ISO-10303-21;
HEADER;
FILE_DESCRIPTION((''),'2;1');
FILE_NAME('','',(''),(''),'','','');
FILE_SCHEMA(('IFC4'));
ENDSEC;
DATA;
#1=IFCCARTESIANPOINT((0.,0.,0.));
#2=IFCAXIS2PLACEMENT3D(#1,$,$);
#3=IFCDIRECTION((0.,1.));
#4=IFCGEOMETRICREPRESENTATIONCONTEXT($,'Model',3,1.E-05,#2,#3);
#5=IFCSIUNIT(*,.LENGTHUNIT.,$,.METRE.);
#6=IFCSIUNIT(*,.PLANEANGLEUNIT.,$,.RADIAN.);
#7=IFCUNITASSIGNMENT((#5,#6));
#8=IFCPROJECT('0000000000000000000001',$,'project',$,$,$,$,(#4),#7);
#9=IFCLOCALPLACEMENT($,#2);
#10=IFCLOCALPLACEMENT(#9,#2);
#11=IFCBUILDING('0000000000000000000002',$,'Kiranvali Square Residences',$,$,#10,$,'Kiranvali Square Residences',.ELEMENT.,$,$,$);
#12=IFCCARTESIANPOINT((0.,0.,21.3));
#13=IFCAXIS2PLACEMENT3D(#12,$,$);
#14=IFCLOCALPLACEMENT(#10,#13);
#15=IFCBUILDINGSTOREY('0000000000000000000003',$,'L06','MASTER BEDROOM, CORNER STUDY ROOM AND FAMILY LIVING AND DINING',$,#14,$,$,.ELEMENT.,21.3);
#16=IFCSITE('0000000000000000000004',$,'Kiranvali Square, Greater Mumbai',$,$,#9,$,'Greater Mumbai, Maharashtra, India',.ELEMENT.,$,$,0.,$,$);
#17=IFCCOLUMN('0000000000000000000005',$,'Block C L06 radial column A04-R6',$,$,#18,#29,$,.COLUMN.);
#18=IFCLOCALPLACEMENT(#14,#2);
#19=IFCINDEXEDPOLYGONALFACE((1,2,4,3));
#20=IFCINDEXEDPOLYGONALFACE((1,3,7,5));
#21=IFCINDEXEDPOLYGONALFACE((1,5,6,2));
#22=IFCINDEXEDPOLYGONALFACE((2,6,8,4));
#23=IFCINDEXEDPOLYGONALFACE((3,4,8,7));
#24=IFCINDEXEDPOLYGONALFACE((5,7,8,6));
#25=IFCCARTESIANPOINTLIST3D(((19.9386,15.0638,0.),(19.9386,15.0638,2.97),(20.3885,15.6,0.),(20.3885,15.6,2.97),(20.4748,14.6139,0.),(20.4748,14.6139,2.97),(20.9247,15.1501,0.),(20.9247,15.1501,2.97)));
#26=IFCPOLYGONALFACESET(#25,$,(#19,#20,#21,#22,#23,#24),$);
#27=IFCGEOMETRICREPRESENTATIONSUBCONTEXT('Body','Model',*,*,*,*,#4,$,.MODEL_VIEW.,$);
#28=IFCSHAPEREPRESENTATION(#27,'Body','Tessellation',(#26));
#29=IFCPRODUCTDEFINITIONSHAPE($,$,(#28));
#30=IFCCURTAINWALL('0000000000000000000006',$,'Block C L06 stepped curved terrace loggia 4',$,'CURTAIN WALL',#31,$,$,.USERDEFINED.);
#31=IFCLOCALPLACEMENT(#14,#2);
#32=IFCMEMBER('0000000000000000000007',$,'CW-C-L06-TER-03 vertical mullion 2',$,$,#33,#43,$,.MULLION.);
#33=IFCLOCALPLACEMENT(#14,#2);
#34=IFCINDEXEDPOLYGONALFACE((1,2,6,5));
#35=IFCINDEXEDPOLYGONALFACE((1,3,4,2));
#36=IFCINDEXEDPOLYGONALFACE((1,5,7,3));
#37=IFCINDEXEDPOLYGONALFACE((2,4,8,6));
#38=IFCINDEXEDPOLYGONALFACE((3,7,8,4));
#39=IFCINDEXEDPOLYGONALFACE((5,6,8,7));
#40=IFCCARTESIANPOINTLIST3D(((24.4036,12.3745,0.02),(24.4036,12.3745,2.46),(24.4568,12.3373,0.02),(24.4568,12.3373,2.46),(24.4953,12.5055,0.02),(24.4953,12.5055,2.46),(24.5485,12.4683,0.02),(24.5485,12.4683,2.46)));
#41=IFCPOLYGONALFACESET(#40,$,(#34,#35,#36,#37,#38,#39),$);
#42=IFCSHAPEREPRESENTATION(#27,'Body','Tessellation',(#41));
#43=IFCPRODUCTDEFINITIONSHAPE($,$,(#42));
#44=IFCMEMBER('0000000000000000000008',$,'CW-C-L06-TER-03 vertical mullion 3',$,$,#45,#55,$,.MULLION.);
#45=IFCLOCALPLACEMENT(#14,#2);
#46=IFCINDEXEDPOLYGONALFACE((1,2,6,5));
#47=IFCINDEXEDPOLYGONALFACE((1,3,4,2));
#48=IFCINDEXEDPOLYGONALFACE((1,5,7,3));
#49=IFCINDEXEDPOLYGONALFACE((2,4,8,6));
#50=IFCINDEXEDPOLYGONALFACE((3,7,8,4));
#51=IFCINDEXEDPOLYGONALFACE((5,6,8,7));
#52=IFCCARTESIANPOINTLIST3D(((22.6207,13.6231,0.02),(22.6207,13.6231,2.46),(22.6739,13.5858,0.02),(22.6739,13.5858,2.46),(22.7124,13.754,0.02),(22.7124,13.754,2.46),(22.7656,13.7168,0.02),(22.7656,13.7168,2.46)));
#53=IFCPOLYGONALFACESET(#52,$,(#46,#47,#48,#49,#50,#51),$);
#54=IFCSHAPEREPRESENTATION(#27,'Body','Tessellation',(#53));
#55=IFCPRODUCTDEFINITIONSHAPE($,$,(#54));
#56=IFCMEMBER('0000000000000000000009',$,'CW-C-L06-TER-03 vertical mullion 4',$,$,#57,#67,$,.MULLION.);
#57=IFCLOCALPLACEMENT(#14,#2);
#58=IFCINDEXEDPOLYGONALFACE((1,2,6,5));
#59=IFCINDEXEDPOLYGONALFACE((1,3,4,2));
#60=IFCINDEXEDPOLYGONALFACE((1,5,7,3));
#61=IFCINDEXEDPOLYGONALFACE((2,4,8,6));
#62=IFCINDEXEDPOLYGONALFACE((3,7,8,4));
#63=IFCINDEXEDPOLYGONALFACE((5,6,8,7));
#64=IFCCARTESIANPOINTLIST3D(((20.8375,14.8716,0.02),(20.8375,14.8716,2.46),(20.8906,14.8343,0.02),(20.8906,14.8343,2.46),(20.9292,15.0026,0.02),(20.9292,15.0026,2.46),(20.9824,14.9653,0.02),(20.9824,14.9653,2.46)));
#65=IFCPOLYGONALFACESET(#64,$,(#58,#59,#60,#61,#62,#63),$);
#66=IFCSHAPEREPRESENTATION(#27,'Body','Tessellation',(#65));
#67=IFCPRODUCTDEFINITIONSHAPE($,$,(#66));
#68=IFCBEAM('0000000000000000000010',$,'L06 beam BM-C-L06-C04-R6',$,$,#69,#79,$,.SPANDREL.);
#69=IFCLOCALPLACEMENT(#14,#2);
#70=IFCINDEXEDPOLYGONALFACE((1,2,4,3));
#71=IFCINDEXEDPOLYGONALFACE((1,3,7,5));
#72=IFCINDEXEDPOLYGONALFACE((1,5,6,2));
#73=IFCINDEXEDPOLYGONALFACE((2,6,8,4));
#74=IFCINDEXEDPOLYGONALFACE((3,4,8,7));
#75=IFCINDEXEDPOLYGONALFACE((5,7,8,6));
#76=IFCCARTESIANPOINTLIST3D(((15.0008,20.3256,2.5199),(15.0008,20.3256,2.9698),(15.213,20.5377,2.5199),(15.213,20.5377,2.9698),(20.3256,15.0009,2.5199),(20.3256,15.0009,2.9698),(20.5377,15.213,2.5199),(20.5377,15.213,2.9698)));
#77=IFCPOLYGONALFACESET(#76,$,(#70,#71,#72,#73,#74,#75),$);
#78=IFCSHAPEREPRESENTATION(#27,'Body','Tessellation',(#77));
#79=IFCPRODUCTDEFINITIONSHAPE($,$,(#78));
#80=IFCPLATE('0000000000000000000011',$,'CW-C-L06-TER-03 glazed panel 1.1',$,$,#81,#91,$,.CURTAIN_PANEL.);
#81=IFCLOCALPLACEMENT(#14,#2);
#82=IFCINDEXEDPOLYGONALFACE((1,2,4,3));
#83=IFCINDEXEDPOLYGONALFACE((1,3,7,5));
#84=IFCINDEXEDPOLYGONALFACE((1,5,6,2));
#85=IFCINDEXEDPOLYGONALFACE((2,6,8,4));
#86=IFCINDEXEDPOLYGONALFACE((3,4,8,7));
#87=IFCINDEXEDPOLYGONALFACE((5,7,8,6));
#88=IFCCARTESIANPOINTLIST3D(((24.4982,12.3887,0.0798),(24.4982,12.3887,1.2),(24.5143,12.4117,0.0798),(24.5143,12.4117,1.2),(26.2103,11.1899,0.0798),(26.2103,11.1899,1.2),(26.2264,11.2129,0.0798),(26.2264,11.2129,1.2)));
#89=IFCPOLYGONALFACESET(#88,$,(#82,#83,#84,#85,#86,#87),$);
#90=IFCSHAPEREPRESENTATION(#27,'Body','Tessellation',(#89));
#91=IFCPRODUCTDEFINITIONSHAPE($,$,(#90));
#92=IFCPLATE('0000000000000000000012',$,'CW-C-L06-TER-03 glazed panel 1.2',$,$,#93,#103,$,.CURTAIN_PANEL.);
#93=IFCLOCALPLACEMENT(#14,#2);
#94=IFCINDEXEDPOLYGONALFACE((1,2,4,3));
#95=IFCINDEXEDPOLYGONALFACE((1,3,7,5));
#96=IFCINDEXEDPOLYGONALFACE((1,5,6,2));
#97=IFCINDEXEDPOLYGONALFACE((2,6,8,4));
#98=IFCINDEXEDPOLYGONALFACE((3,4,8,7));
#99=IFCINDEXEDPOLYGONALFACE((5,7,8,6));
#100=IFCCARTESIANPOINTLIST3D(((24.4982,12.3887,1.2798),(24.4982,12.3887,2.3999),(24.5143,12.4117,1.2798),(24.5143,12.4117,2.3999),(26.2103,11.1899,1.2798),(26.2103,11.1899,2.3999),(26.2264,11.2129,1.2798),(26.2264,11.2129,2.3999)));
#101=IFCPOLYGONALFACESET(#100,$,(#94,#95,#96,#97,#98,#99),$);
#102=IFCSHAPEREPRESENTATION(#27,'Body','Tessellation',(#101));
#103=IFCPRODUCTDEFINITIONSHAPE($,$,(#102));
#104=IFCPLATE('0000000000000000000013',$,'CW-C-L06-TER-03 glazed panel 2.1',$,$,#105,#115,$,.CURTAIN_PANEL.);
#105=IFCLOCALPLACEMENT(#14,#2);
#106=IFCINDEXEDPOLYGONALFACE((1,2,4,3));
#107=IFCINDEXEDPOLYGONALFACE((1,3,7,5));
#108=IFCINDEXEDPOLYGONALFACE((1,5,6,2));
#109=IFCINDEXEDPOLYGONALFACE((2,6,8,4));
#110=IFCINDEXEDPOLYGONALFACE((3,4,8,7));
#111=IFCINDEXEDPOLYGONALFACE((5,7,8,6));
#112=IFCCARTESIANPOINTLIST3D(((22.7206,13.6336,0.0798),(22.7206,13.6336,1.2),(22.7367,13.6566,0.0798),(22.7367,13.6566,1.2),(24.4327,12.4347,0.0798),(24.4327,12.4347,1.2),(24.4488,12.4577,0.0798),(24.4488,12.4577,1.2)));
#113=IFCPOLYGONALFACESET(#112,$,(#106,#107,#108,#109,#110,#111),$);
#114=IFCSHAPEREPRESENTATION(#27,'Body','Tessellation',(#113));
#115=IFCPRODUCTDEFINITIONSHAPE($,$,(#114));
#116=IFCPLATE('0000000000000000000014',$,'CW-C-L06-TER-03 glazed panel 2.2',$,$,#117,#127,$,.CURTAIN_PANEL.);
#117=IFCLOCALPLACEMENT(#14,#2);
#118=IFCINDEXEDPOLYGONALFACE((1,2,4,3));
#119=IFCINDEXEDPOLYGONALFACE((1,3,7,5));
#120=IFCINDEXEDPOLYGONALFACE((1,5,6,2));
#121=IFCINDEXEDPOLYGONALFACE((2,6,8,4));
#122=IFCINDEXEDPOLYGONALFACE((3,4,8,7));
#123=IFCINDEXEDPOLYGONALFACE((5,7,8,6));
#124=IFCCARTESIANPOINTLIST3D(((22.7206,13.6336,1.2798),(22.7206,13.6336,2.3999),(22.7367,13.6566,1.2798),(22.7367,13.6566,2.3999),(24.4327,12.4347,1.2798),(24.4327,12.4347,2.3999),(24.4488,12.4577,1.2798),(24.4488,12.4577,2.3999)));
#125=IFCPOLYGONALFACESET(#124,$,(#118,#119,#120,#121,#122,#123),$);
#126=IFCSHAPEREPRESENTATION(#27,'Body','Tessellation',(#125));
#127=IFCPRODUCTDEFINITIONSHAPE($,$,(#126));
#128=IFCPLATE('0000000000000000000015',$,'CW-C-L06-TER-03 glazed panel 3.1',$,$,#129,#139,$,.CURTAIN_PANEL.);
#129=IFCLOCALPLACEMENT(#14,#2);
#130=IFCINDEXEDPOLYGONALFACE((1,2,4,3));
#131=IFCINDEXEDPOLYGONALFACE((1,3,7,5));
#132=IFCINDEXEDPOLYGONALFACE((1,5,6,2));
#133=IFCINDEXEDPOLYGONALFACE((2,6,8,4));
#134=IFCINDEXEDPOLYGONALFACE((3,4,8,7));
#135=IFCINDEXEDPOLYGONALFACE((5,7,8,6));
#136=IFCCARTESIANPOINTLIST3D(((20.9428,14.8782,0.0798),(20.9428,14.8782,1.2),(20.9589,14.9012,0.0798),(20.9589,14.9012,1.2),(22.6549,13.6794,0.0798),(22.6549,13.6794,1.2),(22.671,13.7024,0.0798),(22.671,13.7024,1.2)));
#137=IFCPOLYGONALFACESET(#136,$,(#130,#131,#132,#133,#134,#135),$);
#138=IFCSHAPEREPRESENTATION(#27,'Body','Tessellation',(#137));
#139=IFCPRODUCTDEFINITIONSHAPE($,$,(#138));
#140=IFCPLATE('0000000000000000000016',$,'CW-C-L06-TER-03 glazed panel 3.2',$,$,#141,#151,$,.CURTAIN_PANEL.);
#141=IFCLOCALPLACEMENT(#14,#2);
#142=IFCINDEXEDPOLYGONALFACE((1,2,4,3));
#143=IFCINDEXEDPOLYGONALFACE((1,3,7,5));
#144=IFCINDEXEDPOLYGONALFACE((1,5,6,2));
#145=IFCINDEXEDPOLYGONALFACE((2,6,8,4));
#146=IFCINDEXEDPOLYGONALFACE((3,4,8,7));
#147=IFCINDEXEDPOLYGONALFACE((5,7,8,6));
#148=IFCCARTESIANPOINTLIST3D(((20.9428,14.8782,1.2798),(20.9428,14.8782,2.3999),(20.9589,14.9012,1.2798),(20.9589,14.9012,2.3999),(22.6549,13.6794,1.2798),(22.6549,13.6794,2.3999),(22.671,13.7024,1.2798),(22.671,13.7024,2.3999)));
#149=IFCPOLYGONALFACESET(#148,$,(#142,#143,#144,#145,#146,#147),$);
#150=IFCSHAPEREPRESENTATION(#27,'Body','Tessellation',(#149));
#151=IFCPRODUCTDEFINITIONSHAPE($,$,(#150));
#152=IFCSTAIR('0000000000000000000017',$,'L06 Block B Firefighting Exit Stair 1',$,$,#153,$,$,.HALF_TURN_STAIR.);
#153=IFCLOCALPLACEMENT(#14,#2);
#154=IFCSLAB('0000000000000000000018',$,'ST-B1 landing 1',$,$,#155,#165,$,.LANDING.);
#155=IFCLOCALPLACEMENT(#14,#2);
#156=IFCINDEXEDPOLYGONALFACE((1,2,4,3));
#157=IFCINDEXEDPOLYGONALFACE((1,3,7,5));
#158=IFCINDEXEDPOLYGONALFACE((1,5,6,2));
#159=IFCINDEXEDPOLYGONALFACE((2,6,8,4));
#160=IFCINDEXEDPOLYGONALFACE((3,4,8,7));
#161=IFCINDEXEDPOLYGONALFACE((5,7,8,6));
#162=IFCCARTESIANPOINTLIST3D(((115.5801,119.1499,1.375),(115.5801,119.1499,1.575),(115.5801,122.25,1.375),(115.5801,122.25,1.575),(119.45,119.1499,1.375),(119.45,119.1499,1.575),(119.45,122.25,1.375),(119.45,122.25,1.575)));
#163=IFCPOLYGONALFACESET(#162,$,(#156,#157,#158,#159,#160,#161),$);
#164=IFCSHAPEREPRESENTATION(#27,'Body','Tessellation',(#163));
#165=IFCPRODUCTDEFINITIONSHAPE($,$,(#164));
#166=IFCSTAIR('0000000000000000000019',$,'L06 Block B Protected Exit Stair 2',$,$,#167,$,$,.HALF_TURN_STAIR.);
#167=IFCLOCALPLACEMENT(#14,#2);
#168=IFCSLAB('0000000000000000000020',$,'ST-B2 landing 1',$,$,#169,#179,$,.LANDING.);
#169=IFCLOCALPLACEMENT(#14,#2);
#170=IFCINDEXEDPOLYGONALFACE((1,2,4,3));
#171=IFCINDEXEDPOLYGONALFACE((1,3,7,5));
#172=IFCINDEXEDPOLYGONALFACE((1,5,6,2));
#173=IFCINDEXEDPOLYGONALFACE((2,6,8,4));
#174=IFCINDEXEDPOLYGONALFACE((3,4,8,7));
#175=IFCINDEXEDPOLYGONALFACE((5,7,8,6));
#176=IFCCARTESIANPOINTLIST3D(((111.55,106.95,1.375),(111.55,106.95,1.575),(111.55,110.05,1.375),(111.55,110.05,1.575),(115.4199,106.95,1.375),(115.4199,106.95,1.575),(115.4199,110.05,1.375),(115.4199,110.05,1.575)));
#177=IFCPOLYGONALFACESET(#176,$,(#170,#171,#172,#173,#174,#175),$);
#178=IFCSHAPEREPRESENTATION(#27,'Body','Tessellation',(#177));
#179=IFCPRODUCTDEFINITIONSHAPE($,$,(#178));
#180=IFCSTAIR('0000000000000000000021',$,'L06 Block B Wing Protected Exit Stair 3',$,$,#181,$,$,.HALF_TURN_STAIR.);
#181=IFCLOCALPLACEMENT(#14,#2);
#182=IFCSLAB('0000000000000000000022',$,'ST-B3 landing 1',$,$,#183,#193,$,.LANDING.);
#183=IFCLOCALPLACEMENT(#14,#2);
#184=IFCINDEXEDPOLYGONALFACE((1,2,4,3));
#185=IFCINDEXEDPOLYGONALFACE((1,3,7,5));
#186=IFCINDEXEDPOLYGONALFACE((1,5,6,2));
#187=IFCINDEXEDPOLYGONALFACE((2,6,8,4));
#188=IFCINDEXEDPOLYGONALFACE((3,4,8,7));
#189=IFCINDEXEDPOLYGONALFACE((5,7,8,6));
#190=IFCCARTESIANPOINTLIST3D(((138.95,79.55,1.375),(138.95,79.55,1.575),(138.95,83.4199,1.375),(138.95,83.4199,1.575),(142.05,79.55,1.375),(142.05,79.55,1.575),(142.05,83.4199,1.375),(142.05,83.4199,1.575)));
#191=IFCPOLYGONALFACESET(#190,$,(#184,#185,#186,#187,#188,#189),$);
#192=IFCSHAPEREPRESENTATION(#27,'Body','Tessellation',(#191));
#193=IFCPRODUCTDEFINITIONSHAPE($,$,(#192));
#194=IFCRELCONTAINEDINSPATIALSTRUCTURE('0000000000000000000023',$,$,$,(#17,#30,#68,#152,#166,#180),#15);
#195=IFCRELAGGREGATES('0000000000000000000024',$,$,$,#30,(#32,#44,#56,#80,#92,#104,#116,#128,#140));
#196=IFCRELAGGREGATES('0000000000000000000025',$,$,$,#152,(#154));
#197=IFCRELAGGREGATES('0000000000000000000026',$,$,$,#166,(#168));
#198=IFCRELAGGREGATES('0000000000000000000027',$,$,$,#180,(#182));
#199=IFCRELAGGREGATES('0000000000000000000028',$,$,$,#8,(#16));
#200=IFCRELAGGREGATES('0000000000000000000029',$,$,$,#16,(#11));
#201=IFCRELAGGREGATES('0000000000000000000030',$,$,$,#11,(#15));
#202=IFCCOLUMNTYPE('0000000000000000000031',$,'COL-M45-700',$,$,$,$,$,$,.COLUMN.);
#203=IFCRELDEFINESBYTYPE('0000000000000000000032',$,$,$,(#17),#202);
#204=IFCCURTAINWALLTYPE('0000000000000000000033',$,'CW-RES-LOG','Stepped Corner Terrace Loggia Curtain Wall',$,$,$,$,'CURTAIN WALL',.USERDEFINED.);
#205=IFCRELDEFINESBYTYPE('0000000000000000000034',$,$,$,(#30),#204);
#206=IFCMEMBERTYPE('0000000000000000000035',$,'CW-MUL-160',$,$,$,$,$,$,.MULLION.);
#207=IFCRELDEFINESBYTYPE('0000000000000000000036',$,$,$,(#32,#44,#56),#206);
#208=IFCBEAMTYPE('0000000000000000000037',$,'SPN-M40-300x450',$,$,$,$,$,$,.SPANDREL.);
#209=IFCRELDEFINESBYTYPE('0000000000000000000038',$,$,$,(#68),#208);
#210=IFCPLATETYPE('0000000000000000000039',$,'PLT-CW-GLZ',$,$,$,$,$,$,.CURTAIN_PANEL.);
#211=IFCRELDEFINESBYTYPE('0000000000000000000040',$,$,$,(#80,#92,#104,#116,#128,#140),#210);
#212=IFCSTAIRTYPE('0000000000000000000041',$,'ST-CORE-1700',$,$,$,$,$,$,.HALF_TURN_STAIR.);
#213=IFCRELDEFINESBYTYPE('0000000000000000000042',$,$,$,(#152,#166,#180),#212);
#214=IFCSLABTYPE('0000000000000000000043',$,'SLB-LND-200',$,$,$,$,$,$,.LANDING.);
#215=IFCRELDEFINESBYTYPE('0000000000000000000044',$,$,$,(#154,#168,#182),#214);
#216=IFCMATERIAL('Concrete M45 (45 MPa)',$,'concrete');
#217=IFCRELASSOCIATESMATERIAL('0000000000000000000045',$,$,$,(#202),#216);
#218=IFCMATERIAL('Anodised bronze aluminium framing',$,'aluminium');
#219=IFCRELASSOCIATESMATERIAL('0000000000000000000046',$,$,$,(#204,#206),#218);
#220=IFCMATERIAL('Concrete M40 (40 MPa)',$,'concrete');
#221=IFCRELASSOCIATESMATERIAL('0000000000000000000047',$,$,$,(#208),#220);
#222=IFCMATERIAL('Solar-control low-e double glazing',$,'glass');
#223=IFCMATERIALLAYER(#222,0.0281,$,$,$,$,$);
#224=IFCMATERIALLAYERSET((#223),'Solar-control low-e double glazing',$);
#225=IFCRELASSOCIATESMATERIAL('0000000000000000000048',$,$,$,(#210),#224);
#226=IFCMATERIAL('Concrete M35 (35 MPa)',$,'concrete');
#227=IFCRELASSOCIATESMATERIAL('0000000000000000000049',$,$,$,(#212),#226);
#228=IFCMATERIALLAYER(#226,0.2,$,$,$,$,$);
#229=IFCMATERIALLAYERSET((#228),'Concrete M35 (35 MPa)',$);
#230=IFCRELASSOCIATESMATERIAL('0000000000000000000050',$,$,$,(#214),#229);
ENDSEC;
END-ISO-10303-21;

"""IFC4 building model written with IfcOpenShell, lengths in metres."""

from ifc_helpers import new_model, si_unit, direction, frame, origin, origin_2d, place, context, subcontext, project, spatial, polyline, rectangle, outline, extrude, material, layer, layer_set, material_profile, profile_set, type_object, element, aggregate, save


model = new_model("IFC4")

# Units and contexts
model_context = context("Model", 3, precision=1e-05, world=origin(), true_north=direction((0.0, 1.0)))
body_context = subcontext(model_context, "Body", "Model", "MODEL_VIEW")
ifc_project = project(units=[si_unit("LENGTHUNIT", "METRE"), si_unit("PLANEANGLEUNIT", "RADIAN")], contexts=[model_context])

# Site, building, storey
site_placement = place(None, origin())
site = spatial("IfcSite", under=ifc_project, at=site_placement, Name="Kiranvali Square, Greater Mumbai", LongName="Greater Mumbai, Maharashtra, India", CompositionType="ELEMENT", RefElevation=0.0)
building_placement = place(site_placement, origin())
building = spatial("IfcBuilding", under=site, at=building_placement, Name="Kiranvali Square Residences", LongName="Kiranvali Square Residences", CompositionType="ELEMENT")
storey_placement = place(building_placement, frame((0.0, 0.0, 21.3)))
storey = spatial("IfcBuildingStorey", under=building, at=storey_placement, Name="L06", Description="MASTER BEDROOM, CORNER STUDY ROOM AND FAMILY LIVING AND DINING", CompositionType="ELEMENT", Elevation=21.3)

# Column
ifc_material_1 = material(Name="Concrete M45 (45 MPa)", Category="concrete")
ifc_material_profile_1 = material_profile(ifc_material_1, rectangle(XDim=0.7, YDim=0.7, at=origin_2d()), Name="RC 700x700")
ifc_profile_set_1 = profile_set([ifc_material_profile_1], Name="Concrete M45 (45 MPa)")
column_type = type_object("IfcColumnType", Name="COL-M45-700", PredefinedType="COLUMN", material=ifc_profile_set_1)
column_placement = place(storey_placement, frame((20.4316, 15.1069, 0.0), z_axis=(0.0, 0.0, 1.0), x_axis=(-0.766044, 0.642788, 0.0)))
element("IfcColumn", 1, at=column_placement, inside=storey, type_object=column_type, Name="Block C L06 radial column A04-R6", PredefinedType="COLUMN", context=body_context, shape_type="SweptSolid", body=[
    extrude(rectangle(XDim=0.7, YDim=0.7, at=origin_2d()), origin(), (0.0, 0.0, 1.0), 2.97),
])

# Curtain wall, members
ifc_material_2 = material(Name="Anodised bronze aluminium framing", Category="aluminium")
curtain_wall_type = type_object("IfcCurtainWallType", Name="CW-RES-LOG", Description="Stepped Corner Terrace Loggia Curtain Wall", ElementType="CURTAIN WALL", PredefinedType="USERDEFINED", material=ifc_material_2)
curtain_wall_placement = place(storey_placement, origin())
curtain_wall = element("IfcCurtainWall", 2, at=curtain_wall_placement, inside=storey, type_object=curtain_wall_type, Name="Block C L06 stepped curved terrace loggia 4", ObjectType="CURTAIN WALL", PredefinedType="USERDEFINED")
ifc_material_profile_2 = material_profile(ifc_material_2, rectangle(XDim=0.0649, YDim=0.1599, at=origin_2d()), Name="ALU 65x160")
ifc_profile_set_2 = profile_set([ifc_material_profile_2], Name="Anodised bronze aluminium framing")
member_type = type_object("IfcMemberType", Name="CW-MUL-160", PredefinedType="MULLION", material=ifc_profile_set_2)
member_1_placement = place(storey_placement, frame((24.4761, 12.4214, 0.02), z_axis=(0.0, 0.0, 1.0), x_axis=(-0.819152, 0.573576, 0.0)))
member_1 = element("IfcMember", 3, at=member_1_placement, type_object=member_type, Name="CW-C-L06-TER-03 vertical mullion 2", PredefinedType="MULLION", context=body_context, shape_type="SweptSolid", body=[
    extrude(rectangle(XDim=0.0649, YDim=0.1599, at=origin_2d()), origin(), (0.0, 0.0, 1.0), 2.4399),
])
member_2_placement = place(storey_placement, frame((22.6931, 13.6699, 0.02), z_axis=(0.0, 0.0, 1.0), x_axis=(-0.819152, 0.573576, 0.0)))
member_2 = element("IfcMember", 4, at=member_2_placement, type_object=member_type, Name="CW-C-L06-TER-03 vertical mullion 3", PredefinedType="MULLION", context=body_context, shape_type="SweptSolid", body=[
    extrude(rectangle(XDim=0.0649, YDim=0.1599, at=origin_2d()), origin(), (0.0, 0.0, 1.0), 2.4399),
])
member_3_placement = place(storey_placement, frame((20.9099, 14.9185, 0.02), z_axis=(0.0, 0.0, 1.0), x_axis=(-0.819152, 0.573576, 0.0)))
member_3 = element("IfcMember", 5, at=member_3_placement, type_object=member_type, Name="CW-C-L06-TER-03 vertical mullion 4", PredefinedType="MULLION", context=body_context, shape_type="SweptSolid", body=[
    extrude(rectangle(XDim=0.0649, YDim=0.1599, at=origin_2d()), origin(), (0.0, 0.0, 1.0), 2.4399),
])

# Beam
ifc_material_3 = material(Name="Concrete M40 (40 MPa)", Category="concrete")
ifc_material_profile_3 = material_profile(ifc_material_3, rectangle(XDim=0.3, YDim=0.45, at=origin_2d()), Name="RC 300x450")
ifc_profile_set_3 = profile_set([ifc_material_profile_3], Name="Concrete M40 (40 MPa)")
beam_type = type_object("IfcBeamType", Name="SPN-M40-300x450", PredefinedType="SPANDREL", material=ifc_profile_set_3)
beam_placement = place(storey_placement, frame((20.4316, 15.1069, 2.7449), z_axis=(-0.707107, 0.707107, 0.0), x_axis=(-0.707107, -0.707107, 0.0)))
element("IfcBeam", 6, at=beam_placement, inside=storey, type_object=beam_type, Name="L06 beam BM-C-L06-C04-R6", PredefinedType="SPANDREL", context=body_context, shape_type="SweptSolid", body=[
    extrude(rectangle(XDim=0.3, YDim=0.45, at=origin_2d()), origin(), (0.0, 0.0, 1.0), 7.5303),
])

# Plates
ifc_material_4 = material(Name="Solar-control low-e double glazing", Category="glass")
ifc_layer_1 = layer(ifc_material_4, 0.0281)
ifc_layer_set_1 = layer_set([ifc_layer_1], Name="Solar-control low-e double glazing")
plate_type = type_object("IfcPlateType", Name="PLT-CW-GLZ", PredefinedType="CURTAIN_PANEL", material=ifc_layer_set_1)
plate_1_placement = place(storey_placement, frame((25.3623, 11.8008, 0.0798), z_axis=(0.0, 0.0, 1.0), x_axis=(-0.819152, 0.573576, 0.0)))
plate_1 = element("IfcPlate", 7, at=plate_1_placement, type_object=plate_type, Name="CW-C-L06-TER-03 glazed panel 1.1", PredefinedType="CURTAIN_PANEL", context=body_context, shape_type="SweptSolid", body=[
    extrude(rectangle(XDim=2.0901, YDim=0.0281, at=origin_2d()), origin(), (0.0, 0.0, 1.0), 1.1201),
])
plate_2_placement = place(storey_placement, frame((25.3623, 11.8008, 1.2798), z_axis=(0.0, 0.0, 1.0), x_axis=(-0.819152, 0.573576, 0.0)))
plate_2 = element("IfcPlate", 8, at=plate_2_placement, type_object=plate_type, Name="CW-C-L06-TER-03 glazed panel 1.2", PredefinedType="CURTAIN_PANEL", context=body_context, shape_type="SweptSolid", body=[
    extrude(rectangle(XDim=2.0901, YDim=0.0281, at=origin_2d()), origin(), (0.0, 0.0, 1.0), 1.1201),
])
plate_3_placement = place(storey_placement, frame((23.5847, 13.0457, 0.0798), z_axis=(0.0, 0.0, 1.0), x_axis=(-0.819152, 0.573576, 0.0)))
plate_3 = element("IfcPlate", 9, at=plate_3_placement, type_object=plate_type, Name="CW-C-L06-TER-03 glazed panel 2.1", PredefinedType="CURTAIN_PANEL", context=body_context, shape_type="SweptSolid", body=[
    extrude(rectangle(XDim=2.0901, YDim=0.0281, at=origin_2d()), origin(), (0.0, 0.0, 1.0), 1.1201),
])
plate_4_placement = place(storey_placement, frame((23.5847, 13.0457, 1.2798), z_axis=(0.0, 0.0, 1.0), x_axis=(-0.819152, 0.573576, 0.0)))
plate_4 = element("IfcPlate", 10, at=plate_4_placement, type_object=plate_type, Name="CW-C-L06-TER-03 glazed panel 2.2", PredefinedType="CURTAIN_PANEL", context=body_context, shape_type="SweptSolid", body=[
    extrude(rectangle(XDim=2.0901, YDim=0.0281, at=origin_2d()), origin(), (0.0, 0.0, 1.0), 1.1201),
])
plate_5_placement = place(storey_placement, frame((21.8069, 14.2903, 0.0798), z_axis=(0.0, 0.0, 1.0), x_axis=(-0.819152, 0.573576, 0.0)))
plate_5 = element("IfcPlate", 11, at=plate_5_placement, type_object=plate_type, Name="CW-C-L06-TER-03 glazed panel 3.1", PredefinedType="CURTAIN_PANEL", context=body_context, shape_type="SweptSolid", body=[
    extrude(rectangle(XDim=2.0901, YDim=0.0281, at=origin_2d()), origin(), (0.0, 0.0, 1.0), 1.1201),
])
plate_6_placement = place(storey_placement, frame((21.8069, 14.2903, 1.2798), z_axis=(0.0, 0.0, 1.0), x_axis=(-0.819152, 0.573576, 0.0)))
plate_6 = element("IfcPlate", 12, at=plate_6_placement, type_object=plate_type, Name="CW-C-L06-TER-03 glazed panel 3.2", PredefinedType="CURTAIN_PANEL", context=body_context, shape_type="SweptSolid", body=[
    extrude(rectangle(XDim=2.0901, YDim=0.0281, at=origin_2d()), origin(), (0.0, 0.0, 1.0), 1.1201),
])
aggregate(curtain_wall, [member_1, member_2, member_3, plate_1, plate_2, plate_3, plate_4, plate_5, plate_6])

# Stairs, slabs
ifc_material_5 = material(Name="Concrete M35 (35 MPa)", Category="concrete")
stair_type = type_object("IfcStairType", Name="ST-CORE-1700", PredefinedType="HALF_TURN_STAIR", material=ifc_material_5)
stair_1_placement = place(storey_placement, origin())
stair_1 = element("IfcStair", 13, at=stair_1_placement, inside=storey, type_object=stair_type, Name="L06 Block B Firefighting Exit Stair 1", PredefinedType="HALF_TURN_STAIR")
ifc_layer_2 = layer(ifc_material_5, 0.2)
ifc_layer_set_2 = layer_set([ifc_layer_2], Name="Concrete M35 (35 MPa)")
slab_type = type_object("IfcSlabType", Name="SLB-LND-200", PredefinedType="LANDING", material=ifc_layer_set_2)
slab_1_placement = place(storey_placement, frame((0.0, 0.0, 1.375)))
slab_1 = element("IfcSlab", 14, at=slab_1_placement, type_object=slab_type, Name="ST-B1 landing 1", PredefinedType="LANDING", context=body_context, shape_type="SweptSolid", body=[
    extrude(outline(polyline([(115.5801, 119.1499), (119.45, 119.1499), (119.45, 122.25), (115.5801, 122.25), (115.5801, 119.1499)])), origin(), (0.0, 0.0, 1.0), 0.2),
])
aggregate(stair_1, [slab_1])
stair_2_placement = place(storey_placement, origin())
stair_2 = element("IfcStair", 15, at=stair_2_placement, inside=storey, type_object=stair_type, Name="L06 Block B Protected Exit Stair 2", PredefinedType="HALF_TURN_STAIR")
slab_2_placement = place(storey_placement, frame((0.0, 0.0, 1.375)))
slab_2 = element("IfcSlab", 16, at=slab_2_placement, type_object=slab_type, Name="ST-B2 landing 1", PredefinedType="LANDING", context=body_context, shape_type="SweptSolid", body=[
    extrude(outline(polyline([(115.4199, 110.05), (111.55, 110.05), (111.55, 106.95), (115.4199, 106.95), (115.4199, 110.05)])), origin(), (0.0, 0.0, 1.0), 0.2),
])
aggregate(stair_2, [slab_2])
stair_3_placement = place(storey_placement, origin())
stair_3 = element("IfcStair", 17, at=stair_3_placement, inside=storey, type_object=stair_type, Name="L06 Block B Wing Protected Exit Stair 3", PredefinedType="HALF_TURN_STAIR")
slab_3_placement = place(storey_placement, frame((0.0, 0.0, 1.375)))
slab_3 = element("IfcSlab", 18, at=slab_3_placement, type_object=slab_type, Name="ST-B3 landing 1", PredefinedType="LANDING", context=body_context, shape_type="SweptSolid", body=[
    extrude(outline(polyline([(138.95, 83.4199), (138.95, 79.55), (142.05, 79.55), (142.05, 83.4199), (138.95, 83.4199)])), origin(), (0.0, 0.0, 1.0), 0.2),
])
aggregate(stair_3, [slab_3])

save(model, "model.ifc")
